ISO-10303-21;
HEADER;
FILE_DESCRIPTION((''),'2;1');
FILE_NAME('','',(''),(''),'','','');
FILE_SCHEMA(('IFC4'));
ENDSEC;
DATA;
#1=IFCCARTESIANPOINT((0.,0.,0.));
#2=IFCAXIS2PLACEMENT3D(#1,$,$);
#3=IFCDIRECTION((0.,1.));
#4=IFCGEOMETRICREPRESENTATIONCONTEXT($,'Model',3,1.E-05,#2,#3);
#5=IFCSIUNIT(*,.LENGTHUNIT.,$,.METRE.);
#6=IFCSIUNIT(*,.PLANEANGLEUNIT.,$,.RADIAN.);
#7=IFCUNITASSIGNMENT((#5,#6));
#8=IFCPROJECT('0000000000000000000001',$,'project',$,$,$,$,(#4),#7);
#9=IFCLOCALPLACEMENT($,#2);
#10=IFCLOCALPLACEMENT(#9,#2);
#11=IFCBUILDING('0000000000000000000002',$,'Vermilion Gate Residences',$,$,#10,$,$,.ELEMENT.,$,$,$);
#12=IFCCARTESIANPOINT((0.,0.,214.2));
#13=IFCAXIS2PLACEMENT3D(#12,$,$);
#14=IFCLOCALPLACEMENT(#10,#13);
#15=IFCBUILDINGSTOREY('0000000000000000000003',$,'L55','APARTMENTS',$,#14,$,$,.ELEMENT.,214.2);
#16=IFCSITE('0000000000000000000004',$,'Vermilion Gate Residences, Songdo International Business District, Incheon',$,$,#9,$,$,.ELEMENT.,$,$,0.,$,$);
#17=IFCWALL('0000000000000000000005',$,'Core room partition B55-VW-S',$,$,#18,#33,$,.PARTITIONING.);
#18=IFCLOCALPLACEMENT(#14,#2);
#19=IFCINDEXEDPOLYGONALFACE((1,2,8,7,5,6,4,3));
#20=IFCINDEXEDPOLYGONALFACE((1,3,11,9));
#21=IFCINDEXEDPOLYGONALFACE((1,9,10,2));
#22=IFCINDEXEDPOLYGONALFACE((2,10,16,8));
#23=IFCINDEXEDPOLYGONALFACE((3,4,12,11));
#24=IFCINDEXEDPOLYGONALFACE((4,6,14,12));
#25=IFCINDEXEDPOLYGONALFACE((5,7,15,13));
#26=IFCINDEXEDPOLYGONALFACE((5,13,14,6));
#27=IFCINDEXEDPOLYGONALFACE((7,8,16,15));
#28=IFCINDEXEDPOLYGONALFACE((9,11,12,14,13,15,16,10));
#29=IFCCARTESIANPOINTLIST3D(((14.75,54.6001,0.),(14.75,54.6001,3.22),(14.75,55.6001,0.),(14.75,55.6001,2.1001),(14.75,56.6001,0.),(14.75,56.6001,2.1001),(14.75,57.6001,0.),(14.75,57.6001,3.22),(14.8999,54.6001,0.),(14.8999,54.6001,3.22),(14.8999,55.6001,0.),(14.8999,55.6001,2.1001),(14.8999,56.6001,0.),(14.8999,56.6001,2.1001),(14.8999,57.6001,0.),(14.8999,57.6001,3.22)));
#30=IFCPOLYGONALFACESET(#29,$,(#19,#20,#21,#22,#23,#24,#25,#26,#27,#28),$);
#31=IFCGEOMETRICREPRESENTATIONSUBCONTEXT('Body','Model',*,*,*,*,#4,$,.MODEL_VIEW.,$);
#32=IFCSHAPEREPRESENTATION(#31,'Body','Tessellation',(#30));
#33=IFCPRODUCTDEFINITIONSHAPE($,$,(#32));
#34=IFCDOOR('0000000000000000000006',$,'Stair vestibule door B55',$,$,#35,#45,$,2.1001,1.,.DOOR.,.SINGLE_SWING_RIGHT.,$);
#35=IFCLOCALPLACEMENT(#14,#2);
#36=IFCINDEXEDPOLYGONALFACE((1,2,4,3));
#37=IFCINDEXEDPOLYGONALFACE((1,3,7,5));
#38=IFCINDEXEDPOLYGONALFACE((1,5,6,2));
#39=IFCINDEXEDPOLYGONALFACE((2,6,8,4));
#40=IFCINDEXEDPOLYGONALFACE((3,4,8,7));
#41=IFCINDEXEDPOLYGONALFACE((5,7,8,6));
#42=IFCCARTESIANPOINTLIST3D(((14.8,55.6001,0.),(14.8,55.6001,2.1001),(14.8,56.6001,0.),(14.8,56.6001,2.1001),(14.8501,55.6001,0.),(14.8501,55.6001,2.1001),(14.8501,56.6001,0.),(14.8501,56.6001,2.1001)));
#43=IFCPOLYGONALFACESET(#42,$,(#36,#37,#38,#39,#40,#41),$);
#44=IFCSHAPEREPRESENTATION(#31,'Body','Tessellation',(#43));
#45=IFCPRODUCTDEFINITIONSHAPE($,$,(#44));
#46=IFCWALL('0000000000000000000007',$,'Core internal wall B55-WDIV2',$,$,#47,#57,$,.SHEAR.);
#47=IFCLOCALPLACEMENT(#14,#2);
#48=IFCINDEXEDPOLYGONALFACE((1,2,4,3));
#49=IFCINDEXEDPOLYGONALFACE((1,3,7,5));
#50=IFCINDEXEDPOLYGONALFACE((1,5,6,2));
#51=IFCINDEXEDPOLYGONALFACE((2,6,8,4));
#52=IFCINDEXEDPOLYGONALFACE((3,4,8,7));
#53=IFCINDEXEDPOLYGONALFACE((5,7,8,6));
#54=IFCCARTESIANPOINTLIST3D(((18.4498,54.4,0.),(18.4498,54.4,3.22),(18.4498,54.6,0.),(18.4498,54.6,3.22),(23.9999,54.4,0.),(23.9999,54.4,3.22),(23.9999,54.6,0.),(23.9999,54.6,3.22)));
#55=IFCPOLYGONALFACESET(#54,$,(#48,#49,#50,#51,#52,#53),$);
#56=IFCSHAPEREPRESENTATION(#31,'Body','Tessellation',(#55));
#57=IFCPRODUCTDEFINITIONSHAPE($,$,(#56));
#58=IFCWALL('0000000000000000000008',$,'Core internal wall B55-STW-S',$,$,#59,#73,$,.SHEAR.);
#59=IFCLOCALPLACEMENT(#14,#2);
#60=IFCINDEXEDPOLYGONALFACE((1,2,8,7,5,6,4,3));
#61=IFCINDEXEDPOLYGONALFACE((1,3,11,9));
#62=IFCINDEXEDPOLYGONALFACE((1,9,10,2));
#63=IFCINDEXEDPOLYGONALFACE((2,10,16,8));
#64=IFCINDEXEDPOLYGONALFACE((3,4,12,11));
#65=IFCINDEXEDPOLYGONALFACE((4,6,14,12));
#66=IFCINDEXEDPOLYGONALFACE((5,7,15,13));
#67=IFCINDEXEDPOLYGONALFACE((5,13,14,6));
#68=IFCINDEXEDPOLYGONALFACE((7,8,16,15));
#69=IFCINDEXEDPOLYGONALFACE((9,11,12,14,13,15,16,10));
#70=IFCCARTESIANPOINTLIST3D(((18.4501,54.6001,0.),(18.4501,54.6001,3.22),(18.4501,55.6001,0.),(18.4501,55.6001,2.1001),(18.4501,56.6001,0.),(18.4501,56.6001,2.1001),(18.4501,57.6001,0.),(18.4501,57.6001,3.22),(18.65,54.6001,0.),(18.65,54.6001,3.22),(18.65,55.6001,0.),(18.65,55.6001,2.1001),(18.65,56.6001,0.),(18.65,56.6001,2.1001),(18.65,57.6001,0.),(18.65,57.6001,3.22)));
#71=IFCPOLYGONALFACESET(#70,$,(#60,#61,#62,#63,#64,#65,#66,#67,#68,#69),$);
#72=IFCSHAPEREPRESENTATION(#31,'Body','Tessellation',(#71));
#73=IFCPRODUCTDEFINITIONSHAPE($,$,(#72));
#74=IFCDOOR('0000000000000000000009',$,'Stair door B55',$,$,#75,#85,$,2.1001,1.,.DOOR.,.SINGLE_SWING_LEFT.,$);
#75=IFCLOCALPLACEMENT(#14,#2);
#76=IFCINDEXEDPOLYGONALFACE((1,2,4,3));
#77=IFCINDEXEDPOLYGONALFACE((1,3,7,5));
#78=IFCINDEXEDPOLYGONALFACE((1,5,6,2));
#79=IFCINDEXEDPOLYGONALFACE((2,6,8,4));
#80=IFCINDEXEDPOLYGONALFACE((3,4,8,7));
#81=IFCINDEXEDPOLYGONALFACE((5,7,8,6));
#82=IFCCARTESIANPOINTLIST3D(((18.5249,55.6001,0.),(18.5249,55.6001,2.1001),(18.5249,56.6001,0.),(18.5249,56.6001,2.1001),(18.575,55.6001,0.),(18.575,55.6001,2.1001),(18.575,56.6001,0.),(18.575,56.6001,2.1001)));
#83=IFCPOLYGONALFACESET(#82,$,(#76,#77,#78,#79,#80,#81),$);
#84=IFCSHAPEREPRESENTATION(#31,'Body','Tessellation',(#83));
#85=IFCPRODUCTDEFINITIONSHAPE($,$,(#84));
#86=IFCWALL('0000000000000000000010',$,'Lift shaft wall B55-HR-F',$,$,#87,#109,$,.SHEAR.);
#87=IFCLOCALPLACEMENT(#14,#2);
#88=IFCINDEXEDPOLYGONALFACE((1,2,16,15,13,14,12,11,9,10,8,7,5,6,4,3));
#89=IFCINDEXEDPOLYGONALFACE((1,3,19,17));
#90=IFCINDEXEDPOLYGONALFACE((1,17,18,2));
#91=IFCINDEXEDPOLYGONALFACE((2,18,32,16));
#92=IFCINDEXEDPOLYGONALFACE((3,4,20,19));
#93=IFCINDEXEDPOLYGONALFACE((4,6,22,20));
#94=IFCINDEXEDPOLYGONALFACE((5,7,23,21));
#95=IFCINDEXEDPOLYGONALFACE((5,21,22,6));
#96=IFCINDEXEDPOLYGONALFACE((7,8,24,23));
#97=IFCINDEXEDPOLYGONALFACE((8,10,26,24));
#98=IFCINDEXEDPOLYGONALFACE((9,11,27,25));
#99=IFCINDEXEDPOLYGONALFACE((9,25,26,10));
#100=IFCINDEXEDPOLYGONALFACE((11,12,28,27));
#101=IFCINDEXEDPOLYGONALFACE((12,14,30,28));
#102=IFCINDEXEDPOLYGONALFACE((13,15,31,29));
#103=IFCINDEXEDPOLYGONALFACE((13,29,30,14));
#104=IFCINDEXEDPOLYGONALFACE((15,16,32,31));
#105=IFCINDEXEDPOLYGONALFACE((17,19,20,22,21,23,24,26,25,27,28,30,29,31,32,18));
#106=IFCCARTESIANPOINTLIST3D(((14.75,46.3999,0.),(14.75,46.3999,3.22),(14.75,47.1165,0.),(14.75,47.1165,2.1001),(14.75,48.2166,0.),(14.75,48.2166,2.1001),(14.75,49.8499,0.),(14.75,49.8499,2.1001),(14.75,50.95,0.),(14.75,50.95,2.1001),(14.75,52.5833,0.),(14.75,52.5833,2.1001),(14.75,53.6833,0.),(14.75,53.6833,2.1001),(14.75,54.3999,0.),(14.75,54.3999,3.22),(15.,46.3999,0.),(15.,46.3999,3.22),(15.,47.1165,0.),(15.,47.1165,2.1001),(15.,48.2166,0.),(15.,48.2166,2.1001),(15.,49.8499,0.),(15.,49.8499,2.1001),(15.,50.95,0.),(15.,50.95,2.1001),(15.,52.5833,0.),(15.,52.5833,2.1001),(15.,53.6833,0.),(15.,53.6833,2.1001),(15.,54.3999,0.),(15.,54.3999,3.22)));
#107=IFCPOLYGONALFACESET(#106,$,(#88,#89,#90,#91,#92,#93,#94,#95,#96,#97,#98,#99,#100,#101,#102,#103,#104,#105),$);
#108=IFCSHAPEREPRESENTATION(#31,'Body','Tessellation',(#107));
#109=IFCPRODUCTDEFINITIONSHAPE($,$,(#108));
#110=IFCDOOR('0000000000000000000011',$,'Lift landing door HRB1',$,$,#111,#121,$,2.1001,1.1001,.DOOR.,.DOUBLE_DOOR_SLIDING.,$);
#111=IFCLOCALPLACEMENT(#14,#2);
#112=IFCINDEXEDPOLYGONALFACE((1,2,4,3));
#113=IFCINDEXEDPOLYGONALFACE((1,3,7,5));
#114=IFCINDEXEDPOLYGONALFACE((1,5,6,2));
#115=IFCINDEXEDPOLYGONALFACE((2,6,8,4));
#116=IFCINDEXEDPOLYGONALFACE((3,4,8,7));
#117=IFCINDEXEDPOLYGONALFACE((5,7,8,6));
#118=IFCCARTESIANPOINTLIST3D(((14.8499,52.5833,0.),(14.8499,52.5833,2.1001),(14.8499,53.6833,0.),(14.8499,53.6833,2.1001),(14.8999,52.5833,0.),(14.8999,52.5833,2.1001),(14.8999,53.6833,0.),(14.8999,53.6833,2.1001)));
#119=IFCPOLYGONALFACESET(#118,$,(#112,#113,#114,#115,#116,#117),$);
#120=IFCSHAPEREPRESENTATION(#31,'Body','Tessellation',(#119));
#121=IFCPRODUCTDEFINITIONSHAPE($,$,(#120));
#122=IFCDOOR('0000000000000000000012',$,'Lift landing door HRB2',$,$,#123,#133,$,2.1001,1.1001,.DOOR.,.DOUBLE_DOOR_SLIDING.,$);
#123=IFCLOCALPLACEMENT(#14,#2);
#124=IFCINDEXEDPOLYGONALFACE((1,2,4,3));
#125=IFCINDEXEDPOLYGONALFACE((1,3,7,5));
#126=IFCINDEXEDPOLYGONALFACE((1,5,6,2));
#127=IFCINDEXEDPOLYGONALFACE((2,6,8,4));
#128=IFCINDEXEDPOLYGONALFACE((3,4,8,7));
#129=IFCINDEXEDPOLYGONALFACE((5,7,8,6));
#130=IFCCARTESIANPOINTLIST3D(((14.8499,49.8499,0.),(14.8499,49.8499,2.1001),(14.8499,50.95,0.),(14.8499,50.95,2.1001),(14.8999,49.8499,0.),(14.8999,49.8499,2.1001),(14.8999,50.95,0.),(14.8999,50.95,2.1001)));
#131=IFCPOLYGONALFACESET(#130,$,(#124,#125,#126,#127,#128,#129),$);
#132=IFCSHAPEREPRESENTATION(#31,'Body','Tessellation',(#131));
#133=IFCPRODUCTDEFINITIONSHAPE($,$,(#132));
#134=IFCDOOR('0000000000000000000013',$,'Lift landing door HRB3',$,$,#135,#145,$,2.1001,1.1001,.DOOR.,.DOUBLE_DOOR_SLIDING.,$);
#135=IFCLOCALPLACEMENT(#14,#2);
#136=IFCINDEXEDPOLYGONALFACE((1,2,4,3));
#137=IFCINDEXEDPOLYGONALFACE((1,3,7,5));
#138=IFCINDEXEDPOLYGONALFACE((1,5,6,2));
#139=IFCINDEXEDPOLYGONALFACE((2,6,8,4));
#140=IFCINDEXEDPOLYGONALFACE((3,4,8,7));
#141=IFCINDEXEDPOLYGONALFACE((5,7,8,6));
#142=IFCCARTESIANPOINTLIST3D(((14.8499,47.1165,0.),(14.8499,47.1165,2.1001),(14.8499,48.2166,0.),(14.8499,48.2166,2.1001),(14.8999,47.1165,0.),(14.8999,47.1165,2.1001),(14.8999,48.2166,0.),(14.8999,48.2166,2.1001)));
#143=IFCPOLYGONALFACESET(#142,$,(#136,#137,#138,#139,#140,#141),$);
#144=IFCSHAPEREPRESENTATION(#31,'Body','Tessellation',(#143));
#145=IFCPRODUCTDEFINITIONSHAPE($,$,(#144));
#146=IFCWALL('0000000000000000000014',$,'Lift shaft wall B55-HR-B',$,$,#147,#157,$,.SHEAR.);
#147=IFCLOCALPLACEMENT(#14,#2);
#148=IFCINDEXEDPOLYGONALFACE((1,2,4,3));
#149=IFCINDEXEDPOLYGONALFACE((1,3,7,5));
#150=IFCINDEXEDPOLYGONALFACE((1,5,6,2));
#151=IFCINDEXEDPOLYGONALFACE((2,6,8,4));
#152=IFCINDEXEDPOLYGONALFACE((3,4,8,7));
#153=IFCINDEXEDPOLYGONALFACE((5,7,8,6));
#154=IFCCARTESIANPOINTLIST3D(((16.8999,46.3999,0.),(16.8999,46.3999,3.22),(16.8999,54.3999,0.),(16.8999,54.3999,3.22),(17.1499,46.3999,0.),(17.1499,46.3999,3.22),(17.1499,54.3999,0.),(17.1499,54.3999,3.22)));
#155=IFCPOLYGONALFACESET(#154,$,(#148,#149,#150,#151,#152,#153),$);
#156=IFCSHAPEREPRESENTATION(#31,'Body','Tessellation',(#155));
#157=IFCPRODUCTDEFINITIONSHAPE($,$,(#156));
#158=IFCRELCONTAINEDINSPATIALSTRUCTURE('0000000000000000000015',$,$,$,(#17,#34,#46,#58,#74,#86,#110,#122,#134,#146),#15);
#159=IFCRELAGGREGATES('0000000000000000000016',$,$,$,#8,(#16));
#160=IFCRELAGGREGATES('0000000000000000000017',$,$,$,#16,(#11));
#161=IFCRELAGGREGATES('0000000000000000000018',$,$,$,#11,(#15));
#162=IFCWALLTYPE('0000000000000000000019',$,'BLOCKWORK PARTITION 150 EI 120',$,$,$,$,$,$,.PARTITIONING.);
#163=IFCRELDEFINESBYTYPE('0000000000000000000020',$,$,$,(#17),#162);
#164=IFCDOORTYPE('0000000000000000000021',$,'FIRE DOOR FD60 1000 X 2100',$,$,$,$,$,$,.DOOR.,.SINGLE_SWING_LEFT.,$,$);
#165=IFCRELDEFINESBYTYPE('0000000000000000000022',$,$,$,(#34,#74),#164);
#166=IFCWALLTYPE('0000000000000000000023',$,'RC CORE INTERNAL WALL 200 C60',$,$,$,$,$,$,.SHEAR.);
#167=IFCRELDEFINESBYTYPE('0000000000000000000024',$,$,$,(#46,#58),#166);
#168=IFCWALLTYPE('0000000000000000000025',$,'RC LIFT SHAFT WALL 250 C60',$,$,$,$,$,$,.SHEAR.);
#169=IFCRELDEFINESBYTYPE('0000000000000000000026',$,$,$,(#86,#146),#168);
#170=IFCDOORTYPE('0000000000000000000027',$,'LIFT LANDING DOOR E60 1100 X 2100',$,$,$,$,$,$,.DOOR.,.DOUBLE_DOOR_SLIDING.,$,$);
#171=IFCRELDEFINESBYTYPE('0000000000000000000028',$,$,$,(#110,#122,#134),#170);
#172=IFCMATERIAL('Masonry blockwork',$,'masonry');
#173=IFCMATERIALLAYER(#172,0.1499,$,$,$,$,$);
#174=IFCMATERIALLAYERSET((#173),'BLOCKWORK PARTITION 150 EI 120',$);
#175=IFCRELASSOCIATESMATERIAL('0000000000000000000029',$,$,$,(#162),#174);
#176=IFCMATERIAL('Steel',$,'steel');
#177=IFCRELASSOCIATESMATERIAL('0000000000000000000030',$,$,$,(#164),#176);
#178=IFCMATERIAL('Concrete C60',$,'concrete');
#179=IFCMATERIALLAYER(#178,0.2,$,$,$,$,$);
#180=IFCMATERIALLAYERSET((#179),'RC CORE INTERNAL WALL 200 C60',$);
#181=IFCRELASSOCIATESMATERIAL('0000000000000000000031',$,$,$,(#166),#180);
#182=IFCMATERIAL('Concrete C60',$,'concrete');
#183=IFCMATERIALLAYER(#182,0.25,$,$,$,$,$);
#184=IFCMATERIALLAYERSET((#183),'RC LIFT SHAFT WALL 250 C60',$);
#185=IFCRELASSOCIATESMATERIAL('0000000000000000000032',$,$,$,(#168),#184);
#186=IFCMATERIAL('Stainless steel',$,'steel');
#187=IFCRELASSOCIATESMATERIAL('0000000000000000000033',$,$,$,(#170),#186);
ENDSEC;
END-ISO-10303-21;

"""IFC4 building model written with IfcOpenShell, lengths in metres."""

from ifc_helpers import new_model, si_unit, direction, frame, frame_2d, origin, place, context, subcontext, project, spatial, rectangle, extrude, material, layer, layer_set, type_object, element, fill, save


model = new_model("IFC4")

# Units and contexts
model_context = context("Model", 3, precision=1e-05, world=origin(), true_north=direction((0.0, 1.0)))
body_context = subcontext(model_context, "Body", "Model", "MODEL_VIEW")
ifc_project = project(units=[si_unit("LENGTHUNIT", "METRE"), si_unit("PLANEANGLEUNIT", "RADIAN")], contexts=[model_context])

# Site, building, storey
site_placement = place(None, origin())
site = spatial("IfcSite", under=ifc_project, at=site_placement, Name="Vermilion Gate Residences, Songdo International Business District, Incheon", CompositionType="ELEMENT", RefElevation=0.0)
building_placement = place(site_placement, origin())
building = spatial("IfcBuilding", under=site, at=building_placement, Name="Vermilion Gate Residences", CompositionType="ELEMENT")
storey_placement = place(building_placement, frame((0.0, 0.0, 214.2)))
storey = spatial("IfcBuildingStorey", under=building, at=storey_placement, Name="L55", Description="APARTMENTS", CompositionType="ELEMENT", Elevation=214.2)

# Wall, opening, door
ifc_material_1 = material(Name="Masonry blockwork", Category="masonry")
ifc_layer_1 = layer(ifc_material_1, 0.1499)
ifc_layer_set_1 = layer_set([ifc_layer_1], Name="BLOCKWORK PARTITION 150 EI 120")
wall_type_1 = type_object("IfcWallType", Name="BLOCKWORK PARTITION 150 EI 120", PredefinedType="PARTITIONING", material=ifc_layer_set_1)
wall_1_placement = place(storey_placement, frame((14.825, 57.6001, 0.0), z_axis=(0.0, 0.0, 1.0), x_axis=(0.0, -1.0, 0.0)))
wall_1 = element("IfcWall", 1, at=wall_1_placement, inside=storey, type_object=wall_type_1, Name="Core room partition B55-VW-S", PredefinedType="PARTITIONING", context=body_context, shape_type="SweptSolid", body=[
    extrude(rectangle(XDim=3.0, YDim=0.1499, at=frame_2d((1.5, 0.0))), origin(), (0.0, 0.0, 1.0), 3.22),
])
opening_1_placement = place(wall_1_placement, frame((1.0, 0.0, 0.0)))
opening_1 = element("IfcOpeningElement", 2, at=opening_1_placement, cuts=wall_1, PredefinedType="OPENING", context=body_context, shape_type="SweptSolid", body=[
    extrude(rectangle(XDim=1.0, YDim=2.1001, at=frame_2d((0.5, 1.05))), frame((0.0, 0.085, 0.0), z_axis=(0.0, -1.0, 0.0), x_axis=(1.0, 0.0, 0.0)), (0.0, 0.0, 1.0), 0.1699),
])
ifc_material_2 = material(Name="Steel", Category="steel")
door_type_1 = type_object("IfcDoorType", Name="FIRE DOOR FD60 1000 X 2100", OperationType="SINGLE_SWING_LEFT", PredefinedType="DOOR", material=ifc_material_2)
door_1_placement = place(opening_1_placement, frame((1.0, 0.0, 0.0), z_axis=(0.0, 0.0, 1.0), x_axis=(-1.0, 0.0, 0.0)))
door_1 = element("IfcDoor", 3, at=door_1_placement, inside=storey, type_object=door_type_1, Name="Stair vestibule door B55", OperationType="SINGLE_SWING_RIGHT", OverallHeight=2.1001, OverallWidth=1.0, PredefinedType="DOOR", context=body_context, shape_type="SweptSolid", body=[
    extrude(rectangle(XDim=1.0, YDim=2.1001, at=frame_2d((0.5, 1.05))), frame((0.0, 0.0249, 0.0), z_axis=(0.0, -1.0, 0.0), x_axis=(1.0, 0.0, 0.0)), (0.0, 0.0, 1.0), 0.05),
])
fill(opening_1, door_1)

# Wall
ifc_material_3 = material(Name="Concrete C60", Category="concrete")
ifc_layer_2 = layer(ifc_material_3, 0.2)
ifc_layer_set_2 = layer_set([ifc_layer_2], Name="RC CORE INTERNAL WALL 200 C60")
wall_type_2 = type_object("IfcWallType", Name="RC CORE INTERNAL WALL 200 C60", PredefinedType="SHEAR", material=ifc_layer_set_2)
wall_2_placement = place(storey_placement, frame((18.45, 54.5, 0.0), z_axis=(0.0, 0.0, 1.0), x_axis=(1.0, 0.0, 0.0)))
element("IfcWall", 4, at=wall_2_placement, inside=storey, type_object=wall_type_2, Name="Core internal wall B55-WDIV2", PredefinedType="SHEAR", context=body_context, shape_type="SweptSolid", body=[
    extrude(rectangle(XDim=5.55, YDim=0.2, at=frame_2d((2.7749, 0.0))), origin(), (0.0, 0.0, 1.0), 3.22),
])

# Wall, opening, door
wall_3_placement = place(storey_placement, frame((18.55, 57.6001, 0.0), z_axis=(0.0, 0.0, 1.0), x_axis=(0.0, -1.0, 0.0)))
wall_3 = element("IfcWall", 5, at=wall_3_placement, inside=storey, type_object=wall_type_2, Name="Core internal wall B55-STW-S", PredefinedType="SHEAR", context=body_context, shape_type="SweptSolid", body=[
    extrude(rectangle(XDim=3.0, YDim=0.2, at=frame_2d((1.5, 0.0))), origin(), (0.0, 0.0, 1.0), 3.22),
])
opening_2_placement = place(wall_3_placement, frame((1.0, 0.0, 0.0)))
opening_2 = element("IfcOpeningElement", 6, at=opening_2_placement, cuts=wall_3, PredefinedType="OPENING", context=body_context, shape_type="SweptSolid", body=[
    extrude(rectangle(XDim=1.0, YDim=2.1001, at=frame_2d((0.5, 1.05))), frame((0.0, 0.1099, 0.0), z_axis=(0.0, -1.0, 0.0), x_axis=(1.0, 0.0, 0.0)), (0.0, 0.0, 1.0), 0.22),
])
door_2_placement = place(opening_2_placement, origin())
door_2 = element("IfcDoor", 7, at=door_2_placement, inside=storey, type_object=door_type_1, Name="Stair door B55", OperationType="SINGLE_SWING_LEFT", OverallHeight=2.1001, OverallWidth=1.0, PredefinedType="DOOR", context=body_context, shape_type="SweptSolid", body=[
    extrude(rectangle(XDim=1.0, YDim=2.1001, at=frame_2d((0.5, 1.05))), frame((0.0, 0.0249, 0.0), z_axis=(0.0, -1.0, 0.0), x_axis=(1.0, 0.0, 0.0)), (0.0, 0.0, 1.0), 0.05),
])
fill(opening_2, door_2)

# Wall, openings, doors
ifc_material_4 = material(Name="Concrete C60", Category="concrete")
ifc_layer_3 = layer(ifc_material_4, 0.25)
ifc_layer_set_3 = layer_set([ifc_layer_3], Name="RC LIFT SHAFT WALL 250 C60")
wall_type_3 = type_object("IfcWallType", Name="RC LIFT SHAFT WALL 250 C60", PredefinedType="SHEAR", material=ifc_layer_set_3)
wall_4_placement = place(storey_placement, frame((14.875, 54.3999, 0.0), z_axis=(0.0, 0.0, 1.0), x_axis=(0.0, -1.0, 0.0)))
wall_4 = element("IfcWall", 8, at=wall_4_placement, inside=storey, type_object=wall_type_3, Name="Lift shaft wall B55-HR-F", PredefinedType="SHEAR", context=body_context, shape_type="SweptSolid", body=[
    extrude(rectangle(XDim=8.0, YDim=0.25, at=frame_2d((4.0, 0.0))), origin(), (0.0, 0.0, 1.0), 3.22),
])
opening_3_placement = place(wall_4_placement, frame((0.7166, 0.0, 0.0)))
opening_3 = element("IfcOpeningElement", 9, at=opening_3_placement, cuts=wall_4, PredefinedType="OPENING", context=body_context, shape_type="SweptSolid", body=[
    extrude(rectangle(XDim=1.1001, YDim=2.1001, at=frame_2d((0.55, 1.05))), frame((0.0, 0.135, 0.0), z_axis=(0.0, -1.0, 0.0), x_axis=(1.0, 0.0, 0.0)), (0.0, 0.0, 1.0), 0.27),
])
opening_4_placement = place(wall_4_placement, frame((3.45, 0.0, 0.0)))
opening_4 = element("IfcOpeningElement", 10, at=opening_4_placement, cuts=wall_4, PredefinedType="OPENING", context=body_context, shape_type="SweptSolid", body=[
    extrude(rectangle(XDim=1.1001, YDim=2.1001, at=frame_2d((0.55, 1.05))), frame((0.0, 0.135, 0.0), z_axis=(0.0, -1.0, 0.0), x_axis=(1.0, 0.0, 0.0)), (0.0, 0.0, 1.0), 0.27),
])
opening_5_placement = place(wall_4_placement, frame((6.1833, 0.0, 0.0)))
opening_5 = element("IfcOpeningElement", 11, at=opening_5_placement, cuts=wall_4, PredefinedType="OPENING", context=body_context, shape_type="SweptSolid", body=[
    extrude(rectangle(XDim=1.1001, YDim=2.1001, at=frame_2d((0.55, 1.05))), frame((0.0, 0.135, 0.0), z_axis=(0.0, -1.0, 0.0), x_axis=(1.0, 0.0, 0.0)), (0.0, 0.0, 1.0), 0.27),
])
ifc_material_5 = material(Name="Stainless steel", Category="steel")
door_type_2 = type_object("IfcDoorType", Name="LIFT LANDING DOOR E60 1100 X 2100", OperationType="DOUBLE_DOOR_SLIDING", PredefinedType="DOOR", material=ifc_material_5)
door_3_placement = place(opening_3_placement, origin())
door_3 = element("IfcDoor", 12, at=door_3_placement, inside=storey, type_object=door_type_2, Name="Lift landing door HRB1", OperationType="DOUBLE_DOOR_SLIDING", OverallHeight=2.1001, OverallWidth=1.1001, PredefinedType="DOOR", context=body_context, shape_type="SweptSolid", body=[
    extrude(rectangle(XDim=1.1001, YDim=2.1001, at=frame_2d((0.55, 1.05))), frame((0.0, 0.0249, 0.0), z_axis=(0.0, -1.0, 0.0), x_axis=(1.0, 0.0, 0.0)), (0.0, 0.0, 1.0), 0.05),
])
fill(opening_3, door_3)
door_4_placement = place(opening_4_placement, origin())
door_4 = element("IfcDoor", 13, at=door_4_placement, inside=storey, type_object=door_type_2, Name="Lift landing door HRB2", OperationType="DOUBLE_DOOR_SLIDING", OverallHeight=2.1001, OverallWidth=1.1001, PredefinedType="DOOR", context=body_context, shape_type="SweptSolid", body=[
    extrude(rectangle(XDim=1.1001, YDim=2.1001, at=frame_2d((0.55, 1.05))), frame((0.0, 0.0249, 0.0), z_axis=(0.0, -1.0, 0.0), x_axis=(1.0, 0.0, 0.0)), (0.0, 0.0, 1.0), 0.05),
])
fill(opening_4, door_4)
door_5_placement = place(opening_5_placement, origin())
door_5 = element("IfcDoor", 14, at=door_5_placement, inside=storey, type_object=door_type_2, Name="Lift landing door HRB3", OperationType="DOUBLE_DOOR_SLIDING", OverallHeight=2.1001, OverallWidth=1.1001, PredefinedType="DOOR", context=body_context, shape_type="SweptSolid", body=[
    extrude(rectangle(XDim=1.1001, YDim=2.1001, at=frame_2d((0.55, 1.05))), frame((0.0, 0.0249, 0.0), z_axis=(0.0, -1.0, 0.0), x_axis=(1.0, 0.0, 0.0)), (0.0, 0.0, 1.0), 0.05),
])
fill(opening_5, door_5)

# Wall
wall_5_placement = place(storey_placement, frame((17.0249, 54.3999, 0.0), z_axis=(0.0, 0.0, 1.0), x_axis=(0.0, -1.0, 0.0)))
element("IfcWall", 15, at=wall_5_placement, inside=storey, type_object=wall_type_3, Name="Lift shaft wall B55-HR-B", PredefinedType="SHEAR", context=body_context, shape_type="SweptSolid", body=[
    extrude(rectangle(XDim=8.0, YDim=0.25, at=frame_2d((4.0, 0.0))), origin(), (0.0, 0.0, 1.0), 3.22),
])

save(model, "model.ifc")
